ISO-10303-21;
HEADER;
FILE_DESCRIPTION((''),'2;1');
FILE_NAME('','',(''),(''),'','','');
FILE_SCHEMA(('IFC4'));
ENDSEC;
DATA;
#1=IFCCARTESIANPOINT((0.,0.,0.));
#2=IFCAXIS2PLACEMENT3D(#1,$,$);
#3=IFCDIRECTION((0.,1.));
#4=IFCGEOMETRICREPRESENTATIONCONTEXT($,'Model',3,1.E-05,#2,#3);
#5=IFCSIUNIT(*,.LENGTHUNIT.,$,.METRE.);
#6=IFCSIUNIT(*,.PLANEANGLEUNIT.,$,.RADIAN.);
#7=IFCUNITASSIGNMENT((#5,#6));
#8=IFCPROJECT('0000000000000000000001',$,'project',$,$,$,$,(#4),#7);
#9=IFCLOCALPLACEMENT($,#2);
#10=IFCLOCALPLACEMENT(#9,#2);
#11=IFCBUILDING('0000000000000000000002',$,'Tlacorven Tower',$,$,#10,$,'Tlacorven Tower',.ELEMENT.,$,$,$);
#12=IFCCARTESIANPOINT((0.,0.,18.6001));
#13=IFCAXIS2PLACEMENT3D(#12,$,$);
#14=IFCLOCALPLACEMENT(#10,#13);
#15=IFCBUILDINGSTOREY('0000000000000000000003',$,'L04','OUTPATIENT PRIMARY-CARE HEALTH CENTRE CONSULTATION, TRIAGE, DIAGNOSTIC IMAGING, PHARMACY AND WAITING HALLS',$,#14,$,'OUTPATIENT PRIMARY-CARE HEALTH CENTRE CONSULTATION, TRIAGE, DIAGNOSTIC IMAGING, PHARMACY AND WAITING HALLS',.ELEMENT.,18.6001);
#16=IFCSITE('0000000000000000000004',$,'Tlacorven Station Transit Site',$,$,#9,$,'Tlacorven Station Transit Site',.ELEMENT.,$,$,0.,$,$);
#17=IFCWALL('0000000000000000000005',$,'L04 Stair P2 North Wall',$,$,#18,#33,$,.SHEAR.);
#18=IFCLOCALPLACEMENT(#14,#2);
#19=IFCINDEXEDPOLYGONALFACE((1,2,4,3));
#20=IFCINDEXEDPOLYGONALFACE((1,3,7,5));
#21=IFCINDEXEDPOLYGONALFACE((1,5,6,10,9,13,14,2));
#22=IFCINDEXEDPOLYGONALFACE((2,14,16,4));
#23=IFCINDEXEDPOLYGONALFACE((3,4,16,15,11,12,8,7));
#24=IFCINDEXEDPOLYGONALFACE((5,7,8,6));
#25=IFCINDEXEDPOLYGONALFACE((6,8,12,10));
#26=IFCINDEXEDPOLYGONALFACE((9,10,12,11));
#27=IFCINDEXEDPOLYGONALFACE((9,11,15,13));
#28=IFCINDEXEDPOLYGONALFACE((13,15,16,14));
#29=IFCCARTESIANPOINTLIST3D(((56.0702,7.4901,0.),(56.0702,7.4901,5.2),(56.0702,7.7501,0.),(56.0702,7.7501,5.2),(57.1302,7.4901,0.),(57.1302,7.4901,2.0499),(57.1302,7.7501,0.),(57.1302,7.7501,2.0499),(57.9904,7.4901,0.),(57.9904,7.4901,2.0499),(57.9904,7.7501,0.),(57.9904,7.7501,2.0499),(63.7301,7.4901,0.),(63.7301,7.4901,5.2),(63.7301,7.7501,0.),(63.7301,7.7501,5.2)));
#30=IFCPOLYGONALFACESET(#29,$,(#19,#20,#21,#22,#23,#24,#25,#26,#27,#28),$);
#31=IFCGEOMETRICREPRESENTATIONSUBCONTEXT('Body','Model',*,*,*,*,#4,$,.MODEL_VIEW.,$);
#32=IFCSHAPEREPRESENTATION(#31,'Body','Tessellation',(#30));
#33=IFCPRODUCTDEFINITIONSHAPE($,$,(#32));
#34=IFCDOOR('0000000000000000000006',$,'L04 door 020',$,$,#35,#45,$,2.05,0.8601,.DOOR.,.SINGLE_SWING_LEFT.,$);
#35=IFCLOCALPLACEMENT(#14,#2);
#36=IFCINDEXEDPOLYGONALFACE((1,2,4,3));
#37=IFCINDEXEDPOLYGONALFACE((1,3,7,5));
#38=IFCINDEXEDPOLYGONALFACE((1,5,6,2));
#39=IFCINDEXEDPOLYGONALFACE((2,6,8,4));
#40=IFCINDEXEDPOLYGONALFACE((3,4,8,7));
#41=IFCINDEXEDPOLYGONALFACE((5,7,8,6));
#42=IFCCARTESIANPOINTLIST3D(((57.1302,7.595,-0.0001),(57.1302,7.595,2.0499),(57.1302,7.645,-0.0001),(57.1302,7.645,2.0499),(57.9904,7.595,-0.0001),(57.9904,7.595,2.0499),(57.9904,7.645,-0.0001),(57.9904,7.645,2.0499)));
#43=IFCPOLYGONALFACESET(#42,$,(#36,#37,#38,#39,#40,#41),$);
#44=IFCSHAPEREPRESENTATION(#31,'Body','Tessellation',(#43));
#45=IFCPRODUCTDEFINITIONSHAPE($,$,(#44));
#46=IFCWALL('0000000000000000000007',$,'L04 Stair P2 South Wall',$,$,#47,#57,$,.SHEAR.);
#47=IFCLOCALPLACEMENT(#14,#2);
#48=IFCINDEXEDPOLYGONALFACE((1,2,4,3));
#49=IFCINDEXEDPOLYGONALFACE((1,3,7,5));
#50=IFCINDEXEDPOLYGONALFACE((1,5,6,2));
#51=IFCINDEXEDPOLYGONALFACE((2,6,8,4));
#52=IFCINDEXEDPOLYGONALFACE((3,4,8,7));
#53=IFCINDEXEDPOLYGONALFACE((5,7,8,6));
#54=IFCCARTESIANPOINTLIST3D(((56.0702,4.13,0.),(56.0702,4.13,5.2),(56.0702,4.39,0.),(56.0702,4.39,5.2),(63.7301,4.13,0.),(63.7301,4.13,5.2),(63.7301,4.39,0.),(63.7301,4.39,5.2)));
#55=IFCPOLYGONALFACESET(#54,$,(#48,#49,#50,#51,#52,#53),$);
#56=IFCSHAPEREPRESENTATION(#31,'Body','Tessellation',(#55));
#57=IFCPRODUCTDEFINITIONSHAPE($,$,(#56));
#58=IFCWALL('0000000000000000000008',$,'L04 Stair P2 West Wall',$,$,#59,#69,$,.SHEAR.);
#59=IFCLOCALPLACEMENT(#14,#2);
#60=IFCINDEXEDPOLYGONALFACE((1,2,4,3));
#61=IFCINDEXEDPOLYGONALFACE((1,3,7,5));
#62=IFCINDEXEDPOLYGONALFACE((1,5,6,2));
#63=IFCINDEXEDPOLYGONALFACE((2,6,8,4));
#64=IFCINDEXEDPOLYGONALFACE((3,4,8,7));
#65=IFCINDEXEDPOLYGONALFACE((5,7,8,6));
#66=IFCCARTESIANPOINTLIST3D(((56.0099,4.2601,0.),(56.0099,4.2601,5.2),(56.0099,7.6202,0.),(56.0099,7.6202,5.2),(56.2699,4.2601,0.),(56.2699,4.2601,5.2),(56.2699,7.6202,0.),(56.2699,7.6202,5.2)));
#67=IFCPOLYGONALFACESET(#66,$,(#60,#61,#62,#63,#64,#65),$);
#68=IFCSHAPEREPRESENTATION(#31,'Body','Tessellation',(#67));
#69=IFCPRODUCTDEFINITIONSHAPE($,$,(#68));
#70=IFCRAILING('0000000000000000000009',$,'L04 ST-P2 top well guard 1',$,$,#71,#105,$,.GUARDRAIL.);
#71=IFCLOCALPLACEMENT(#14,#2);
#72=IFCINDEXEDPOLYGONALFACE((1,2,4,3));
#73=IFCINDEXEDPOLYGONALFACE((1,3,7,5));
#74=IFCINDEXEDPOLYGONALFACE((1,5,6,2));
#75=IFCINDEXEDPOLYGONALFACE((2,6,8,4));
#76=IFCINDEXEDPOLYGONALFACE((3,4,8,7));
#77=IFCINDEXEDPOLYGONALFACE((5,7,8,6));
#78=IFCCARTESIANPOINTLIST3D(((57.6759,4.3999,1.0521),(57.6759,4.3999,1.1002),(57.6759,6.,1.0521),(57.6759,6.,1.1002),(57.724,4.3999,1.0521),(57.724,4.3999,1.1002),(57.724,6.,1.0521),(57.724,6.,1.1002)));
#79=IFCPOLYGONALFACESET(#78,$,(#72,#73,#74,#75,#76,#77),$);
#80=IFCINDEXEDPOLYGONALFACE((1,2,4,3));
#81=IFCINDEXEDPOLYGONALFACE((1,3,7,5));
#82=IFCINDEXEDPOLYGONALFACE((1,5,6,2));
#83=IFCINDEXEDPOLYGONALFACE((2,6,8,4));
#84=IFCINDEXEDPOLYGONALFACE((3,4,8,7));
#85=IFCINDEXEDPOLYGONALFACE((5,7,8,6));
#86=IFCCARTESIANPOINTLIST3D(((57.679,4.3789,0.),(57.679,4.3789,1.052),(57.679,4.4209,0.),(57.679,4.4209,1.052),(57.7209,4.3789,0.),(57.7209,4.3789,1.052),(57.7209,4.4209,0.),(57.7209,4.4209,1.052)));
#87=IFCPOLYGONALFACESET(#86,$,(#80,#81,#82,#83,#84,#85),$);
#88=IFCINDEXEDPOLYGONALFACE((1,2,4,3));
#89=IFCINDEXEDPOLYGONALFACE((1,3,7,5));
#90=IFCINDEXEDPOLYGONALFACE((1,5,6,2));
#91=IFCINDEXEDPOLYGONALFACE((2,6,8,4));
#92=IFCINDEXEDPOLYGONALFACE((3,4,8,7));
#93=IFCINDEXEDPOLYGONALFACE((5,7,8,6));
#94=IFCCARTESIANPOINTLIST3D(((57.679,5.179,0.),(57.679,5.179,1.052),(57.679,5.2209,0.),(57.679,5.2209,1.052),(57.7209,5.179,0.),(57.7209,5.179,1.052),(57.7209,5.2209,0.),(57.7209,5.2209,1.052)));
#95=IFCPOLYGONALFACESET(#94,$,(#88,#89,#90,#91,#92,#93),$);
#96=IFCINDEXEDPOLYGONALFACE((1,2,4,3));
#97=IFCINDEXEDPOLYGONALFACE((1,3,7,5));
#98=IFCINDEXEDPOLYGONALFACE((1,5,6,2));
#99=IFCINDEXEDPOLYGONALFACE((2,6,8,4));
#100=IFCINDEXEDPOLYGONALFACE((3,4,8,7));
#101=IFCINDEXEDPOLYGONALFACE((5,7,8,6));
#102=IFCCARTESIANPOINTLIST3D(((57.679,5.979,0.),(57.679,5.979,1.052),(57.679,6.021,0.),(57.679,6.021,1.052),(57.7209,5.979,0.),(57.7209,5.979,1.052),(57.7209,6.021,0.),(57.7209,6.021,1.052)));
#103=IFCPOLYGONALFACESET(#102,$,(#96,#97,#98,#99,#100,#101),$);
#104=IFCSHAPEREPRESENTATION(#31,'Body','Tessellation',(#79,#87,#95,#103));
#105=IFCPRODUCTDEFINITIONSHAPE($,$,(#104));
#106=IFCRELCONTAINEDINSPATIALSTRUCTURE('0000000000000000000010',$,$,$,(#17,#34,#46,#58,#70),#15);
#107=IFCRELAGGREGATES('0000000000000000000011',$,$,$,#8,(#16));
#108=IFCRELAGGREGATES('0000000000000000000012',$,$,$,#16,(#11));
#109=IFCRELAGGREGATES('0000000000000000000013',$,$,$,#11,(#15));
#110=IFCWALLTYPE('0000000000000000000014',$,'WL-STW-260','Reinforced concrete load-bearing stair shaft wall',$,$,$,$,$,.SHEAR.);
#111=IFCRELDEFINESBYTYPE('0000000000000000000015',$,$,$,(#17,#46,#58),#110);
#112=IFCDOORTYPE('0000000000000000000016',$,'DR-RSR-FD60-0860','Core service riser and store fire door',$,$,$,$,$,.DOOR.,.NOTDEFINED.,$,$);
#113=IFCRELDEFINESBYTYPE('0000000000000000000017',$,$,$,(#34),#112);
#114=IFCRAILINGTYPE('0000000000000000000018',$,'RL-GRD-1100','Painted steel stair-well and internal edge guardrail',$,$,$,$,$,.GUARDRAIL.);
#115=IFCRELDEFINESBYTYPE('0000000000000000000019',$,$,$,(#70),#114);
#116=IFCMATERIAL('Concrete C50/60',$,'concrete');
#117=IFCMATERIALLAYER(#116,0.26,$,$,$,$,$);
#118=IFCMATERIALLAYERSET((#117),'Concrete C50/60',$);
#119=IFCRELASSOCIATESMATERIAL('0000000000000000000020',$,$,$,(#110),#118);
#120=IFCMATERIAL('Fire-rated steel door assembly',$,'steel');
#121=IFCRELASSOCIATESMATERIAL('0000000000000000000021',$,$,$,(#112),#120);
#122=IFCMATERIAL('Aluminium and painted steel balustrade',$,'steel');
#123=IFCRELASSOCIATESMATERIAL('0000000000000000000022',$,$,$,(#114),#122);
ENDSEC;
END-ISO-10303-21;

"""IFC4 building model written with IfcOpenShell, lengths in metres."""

from ifc_helpers import new_model, si_unit, direction, frame, frame_2d, origin, origin_2d, place, context, subcontext, project, spatial, rectangle, extrude, source, transform, mapped, material, layer, layer_set, type_object, element, fill, save


model = new_model("IFC4")

# Units and contexts
model_context = context("Model", 3, precision=1e-05, world=origin(), true_north=direction((0.0, 1.0)))
body_context = subcontext(model_context, "Body", "Model", "MODEL_VIEW")
ifc_project = project(units=[si_unit("LENGTHUNIT", "METRE"), si_unit("PLANEANGLEUNIT", "RADIAN")], contexts=[model_context])

# Site, building, storey
site_placement = place(None, origin())
site = spatial("IfcSite", under=ifc_project, at=site_placement, Name="Tlacorven Station Transit Site", LongName="Tlacorven Station Transit Site", CompositionType="ELEMENT", RefElevation=0.0)
building_placement = place(site_placement, origin())
building = spatial("IfcBuilding", under=site, at=building_placement, Name="Tlacorven Tower", LongName="Tlacorven Tower", CompositionType="ELEMENT")
storey_placement = place(building_placement, frame((0.0, 0.0, 18.6001)))
storey = spatial("IfcBuildingStorey", under=building, at=storey_placement, Name="L04", Description="OUTPATIENT PRIMARY-CARE HEALTH CENTRE CONSULTATION, TRIAGE, DIAGNOSTIC IMAGING, PHARMACY AND WAITING HALLS", LongName="OUTPATIENT PRIMARY-CARE HEALTH CENTRE CONSULTATION, TRIAGE, DIAGNOSTIC IMAGING, PHARMACY AND WAITING HALLS", CompositionType="ELEMENT", Elevation=18.6001)

# Wall, opening, door
ifc_material_1 = material(Name="Concrete C50/60", Category="concrete")
ifc_layer = layer(ifc_material_1, 0.26)
ifc_layer_set = layer_set([ifc_layer], Name="Concrete C50/60")
wall_type = type_object("IfcWallType", Name="WL-STW-260", Description="Reinforced concrete load-bearing stair shaft wall", PredefinedType="SHEAR", material=ifc_layer_set)
wall_1_placement = place(storey_placement, frame((56.0701, 7.6201, 0.0), z_axis=(0.0, 0.0, 1.0), x_axis=(1.0, 0.0, 0.0)))
wall_1 = element("IfcWall", 1, at=wall_1_placement, inside=storey, type_object=wall_type, Name="L04 Stair P2 North Wall", PredefinedType="SHEAR", context=body_context, shape_type="SweptSolid", body=[
    extrude(rectangle(XDim=7.6599, YDim=0.26, at=frame_2d((3.8301, 0.0))), origin(), (0.0, 0.0, 1.0), 5.2),
])
opening_placement = place(wall_1_placement, frame((1.0601, 0.0, 0.0)))
opening = element("IfcOpeningElement", 2, at=opening_placement, cuts=wall_1, PredefinedType="OPENING", context=body_context, shape_type="SweptSolid", body=[
    extrude(rectangle(XDim=0.8601, YDim=2.05, at=frame_2d((0.4302, 1.0249))), frame((0.0, 0.1401, 0.0), z_axis=(0.0, -1.0, 0.0), x_axis=(1.0, 0.0, 0.0)), (0.0, 0.0, 1.0), 0.28),
])
ifc_material_2 = material(Name="Fire-rated steel door assembly", Category="steel")
door_type = type_object("IfcDoorType", Name="DR-RSR-FD60-0860", Description="Core service riser and store fire door", OperationType="NOTDEFINED", PredefinedType="DOOR", material=ifc_material_2)
shared_shape_1 = source(origin(), body_context, "Body", "SweptSolid", [
    extrude(rectangle(XDim=0.8601, YDim=2.05, at=frame_2d((0.4302, 1.0249))), frame((0.0, 0.0249, 0.0), z_axis=(0.0, -1.0, 0.0), x_axis=(1.0, 0.0, 0.0)), (0.0, 0.0, 1.0), 0.05),
])
door_placement = place(opening_placement, origin())
door = element("IfcDoor", 3, at=door_placement, inside=storey, type_object=door_type, Name="L04 door 020", OperationType="SINGLE_SWING_LEFT", OverallHeight=2.05, OverallWidth=0.8601, PredefinedType="DOOR", context=body_context, shape_type="MappedRepresentation", body=[
    mapped(shared_shape_1, transform((0.0, 0.0, 0.0), scale=1.0)),
])
fill(opening, door)

# Walls
wall_2_placement = place(storey_placement, frame((56.0701, 4.26, 0.0), z_axis=(0.0, 0.0, 1.0), x_axis=(1.0, 0.0, 0.0)))
element("IfcWall", 4, at=wall_2_placement, inside=storey, type_object=wall_type, Name="L04 Stair P2 South Wall", PredefinedType="SHEAR", context=body_context, shape_type="SweptSolid", body=[
    extrude(rectangle(XDim=7.6599, YDim=0.26, at=frame_2d((3.8301, 0.0))), origin(), (0.0, 0.0, 1.0), 5.2),
])
wall_3_placement = place(storey_placement, frame((56.1399, 4.26, 0.0), z_axis=(0.0, 0.0, 1.0), x_axis=(0.0, 1.0, 0.0)))
element("IfcWall", 5, at=wall_3_placement, inside=storey, type_object=wall_type, Name="L04 Stair P2 West Wall", PredefinedType="SHEAR", context=body_context, shape_type="SweptSolid", body=[
    extrude(rectangle(XDim=3.3601, YDim=0.26, at=frame_2d((1.6802, 0.0))), origin(), (0.0, 0.0, 1.0), 5.2),
])

# Railing
ifc_material_3 = material(Name="Aluminium and painted steel balustrade", Category="steel")
railing_type = type_object("IfcRailingType", Name="RL-GRD-1100", Description="Painted steel stair-well and internal edge guardrail", PredefinedType="GUARDRAIL", material=ifc_material_3)
shared_shape_2 = source(origin(), body_context, "Body", "SweptSolid", [
    extrude(rectangle(XDim=0.0481, YDim=0.0481, at=origin_2d()), frame((0.0, 0.0, 1.0762), z_axis=(0.0, 1.0, 0.0), x_axis=(-1.0, 0.0, 0.0)), (0.0, 0.0, 1.0), 1.6001),
    extrude(rectangle(XDim=0.042, YDim=0.042, at=origin_2d()), origin(), (0.0, 0.0, 1.0), 1.052),
    extrude(rectangle(XDim=0.042, YDim=0.042, at=origin_2d()), frame((0.0, 0.8, 0.0)), (0.0, 0.0, 1.0), 1.052),
    extrude(rectangle(XDim=0.042, YDim=0.042, at=origin_2d()), frame((0.0, 1.6001, 0.0)), (0.0, 0.0, 1.0), 1.052),
])
railing_placement = place(storey_placement, frame((57.7, 4.3999, 0.0)))
element("IfcRailing", 6, at=railing_placement, inside=storey, type_object=railing_type, Name="L04 ST-P2 top well guard 1", PredefinedType="GUARDRAIL", context=body_context, shape_type="MappedRepresentation", body=[
    mapped(shared_shape_2, transform((0.0, 0.0, 0.0), scale=1.0)),
])

save(model, "model.ifc")
